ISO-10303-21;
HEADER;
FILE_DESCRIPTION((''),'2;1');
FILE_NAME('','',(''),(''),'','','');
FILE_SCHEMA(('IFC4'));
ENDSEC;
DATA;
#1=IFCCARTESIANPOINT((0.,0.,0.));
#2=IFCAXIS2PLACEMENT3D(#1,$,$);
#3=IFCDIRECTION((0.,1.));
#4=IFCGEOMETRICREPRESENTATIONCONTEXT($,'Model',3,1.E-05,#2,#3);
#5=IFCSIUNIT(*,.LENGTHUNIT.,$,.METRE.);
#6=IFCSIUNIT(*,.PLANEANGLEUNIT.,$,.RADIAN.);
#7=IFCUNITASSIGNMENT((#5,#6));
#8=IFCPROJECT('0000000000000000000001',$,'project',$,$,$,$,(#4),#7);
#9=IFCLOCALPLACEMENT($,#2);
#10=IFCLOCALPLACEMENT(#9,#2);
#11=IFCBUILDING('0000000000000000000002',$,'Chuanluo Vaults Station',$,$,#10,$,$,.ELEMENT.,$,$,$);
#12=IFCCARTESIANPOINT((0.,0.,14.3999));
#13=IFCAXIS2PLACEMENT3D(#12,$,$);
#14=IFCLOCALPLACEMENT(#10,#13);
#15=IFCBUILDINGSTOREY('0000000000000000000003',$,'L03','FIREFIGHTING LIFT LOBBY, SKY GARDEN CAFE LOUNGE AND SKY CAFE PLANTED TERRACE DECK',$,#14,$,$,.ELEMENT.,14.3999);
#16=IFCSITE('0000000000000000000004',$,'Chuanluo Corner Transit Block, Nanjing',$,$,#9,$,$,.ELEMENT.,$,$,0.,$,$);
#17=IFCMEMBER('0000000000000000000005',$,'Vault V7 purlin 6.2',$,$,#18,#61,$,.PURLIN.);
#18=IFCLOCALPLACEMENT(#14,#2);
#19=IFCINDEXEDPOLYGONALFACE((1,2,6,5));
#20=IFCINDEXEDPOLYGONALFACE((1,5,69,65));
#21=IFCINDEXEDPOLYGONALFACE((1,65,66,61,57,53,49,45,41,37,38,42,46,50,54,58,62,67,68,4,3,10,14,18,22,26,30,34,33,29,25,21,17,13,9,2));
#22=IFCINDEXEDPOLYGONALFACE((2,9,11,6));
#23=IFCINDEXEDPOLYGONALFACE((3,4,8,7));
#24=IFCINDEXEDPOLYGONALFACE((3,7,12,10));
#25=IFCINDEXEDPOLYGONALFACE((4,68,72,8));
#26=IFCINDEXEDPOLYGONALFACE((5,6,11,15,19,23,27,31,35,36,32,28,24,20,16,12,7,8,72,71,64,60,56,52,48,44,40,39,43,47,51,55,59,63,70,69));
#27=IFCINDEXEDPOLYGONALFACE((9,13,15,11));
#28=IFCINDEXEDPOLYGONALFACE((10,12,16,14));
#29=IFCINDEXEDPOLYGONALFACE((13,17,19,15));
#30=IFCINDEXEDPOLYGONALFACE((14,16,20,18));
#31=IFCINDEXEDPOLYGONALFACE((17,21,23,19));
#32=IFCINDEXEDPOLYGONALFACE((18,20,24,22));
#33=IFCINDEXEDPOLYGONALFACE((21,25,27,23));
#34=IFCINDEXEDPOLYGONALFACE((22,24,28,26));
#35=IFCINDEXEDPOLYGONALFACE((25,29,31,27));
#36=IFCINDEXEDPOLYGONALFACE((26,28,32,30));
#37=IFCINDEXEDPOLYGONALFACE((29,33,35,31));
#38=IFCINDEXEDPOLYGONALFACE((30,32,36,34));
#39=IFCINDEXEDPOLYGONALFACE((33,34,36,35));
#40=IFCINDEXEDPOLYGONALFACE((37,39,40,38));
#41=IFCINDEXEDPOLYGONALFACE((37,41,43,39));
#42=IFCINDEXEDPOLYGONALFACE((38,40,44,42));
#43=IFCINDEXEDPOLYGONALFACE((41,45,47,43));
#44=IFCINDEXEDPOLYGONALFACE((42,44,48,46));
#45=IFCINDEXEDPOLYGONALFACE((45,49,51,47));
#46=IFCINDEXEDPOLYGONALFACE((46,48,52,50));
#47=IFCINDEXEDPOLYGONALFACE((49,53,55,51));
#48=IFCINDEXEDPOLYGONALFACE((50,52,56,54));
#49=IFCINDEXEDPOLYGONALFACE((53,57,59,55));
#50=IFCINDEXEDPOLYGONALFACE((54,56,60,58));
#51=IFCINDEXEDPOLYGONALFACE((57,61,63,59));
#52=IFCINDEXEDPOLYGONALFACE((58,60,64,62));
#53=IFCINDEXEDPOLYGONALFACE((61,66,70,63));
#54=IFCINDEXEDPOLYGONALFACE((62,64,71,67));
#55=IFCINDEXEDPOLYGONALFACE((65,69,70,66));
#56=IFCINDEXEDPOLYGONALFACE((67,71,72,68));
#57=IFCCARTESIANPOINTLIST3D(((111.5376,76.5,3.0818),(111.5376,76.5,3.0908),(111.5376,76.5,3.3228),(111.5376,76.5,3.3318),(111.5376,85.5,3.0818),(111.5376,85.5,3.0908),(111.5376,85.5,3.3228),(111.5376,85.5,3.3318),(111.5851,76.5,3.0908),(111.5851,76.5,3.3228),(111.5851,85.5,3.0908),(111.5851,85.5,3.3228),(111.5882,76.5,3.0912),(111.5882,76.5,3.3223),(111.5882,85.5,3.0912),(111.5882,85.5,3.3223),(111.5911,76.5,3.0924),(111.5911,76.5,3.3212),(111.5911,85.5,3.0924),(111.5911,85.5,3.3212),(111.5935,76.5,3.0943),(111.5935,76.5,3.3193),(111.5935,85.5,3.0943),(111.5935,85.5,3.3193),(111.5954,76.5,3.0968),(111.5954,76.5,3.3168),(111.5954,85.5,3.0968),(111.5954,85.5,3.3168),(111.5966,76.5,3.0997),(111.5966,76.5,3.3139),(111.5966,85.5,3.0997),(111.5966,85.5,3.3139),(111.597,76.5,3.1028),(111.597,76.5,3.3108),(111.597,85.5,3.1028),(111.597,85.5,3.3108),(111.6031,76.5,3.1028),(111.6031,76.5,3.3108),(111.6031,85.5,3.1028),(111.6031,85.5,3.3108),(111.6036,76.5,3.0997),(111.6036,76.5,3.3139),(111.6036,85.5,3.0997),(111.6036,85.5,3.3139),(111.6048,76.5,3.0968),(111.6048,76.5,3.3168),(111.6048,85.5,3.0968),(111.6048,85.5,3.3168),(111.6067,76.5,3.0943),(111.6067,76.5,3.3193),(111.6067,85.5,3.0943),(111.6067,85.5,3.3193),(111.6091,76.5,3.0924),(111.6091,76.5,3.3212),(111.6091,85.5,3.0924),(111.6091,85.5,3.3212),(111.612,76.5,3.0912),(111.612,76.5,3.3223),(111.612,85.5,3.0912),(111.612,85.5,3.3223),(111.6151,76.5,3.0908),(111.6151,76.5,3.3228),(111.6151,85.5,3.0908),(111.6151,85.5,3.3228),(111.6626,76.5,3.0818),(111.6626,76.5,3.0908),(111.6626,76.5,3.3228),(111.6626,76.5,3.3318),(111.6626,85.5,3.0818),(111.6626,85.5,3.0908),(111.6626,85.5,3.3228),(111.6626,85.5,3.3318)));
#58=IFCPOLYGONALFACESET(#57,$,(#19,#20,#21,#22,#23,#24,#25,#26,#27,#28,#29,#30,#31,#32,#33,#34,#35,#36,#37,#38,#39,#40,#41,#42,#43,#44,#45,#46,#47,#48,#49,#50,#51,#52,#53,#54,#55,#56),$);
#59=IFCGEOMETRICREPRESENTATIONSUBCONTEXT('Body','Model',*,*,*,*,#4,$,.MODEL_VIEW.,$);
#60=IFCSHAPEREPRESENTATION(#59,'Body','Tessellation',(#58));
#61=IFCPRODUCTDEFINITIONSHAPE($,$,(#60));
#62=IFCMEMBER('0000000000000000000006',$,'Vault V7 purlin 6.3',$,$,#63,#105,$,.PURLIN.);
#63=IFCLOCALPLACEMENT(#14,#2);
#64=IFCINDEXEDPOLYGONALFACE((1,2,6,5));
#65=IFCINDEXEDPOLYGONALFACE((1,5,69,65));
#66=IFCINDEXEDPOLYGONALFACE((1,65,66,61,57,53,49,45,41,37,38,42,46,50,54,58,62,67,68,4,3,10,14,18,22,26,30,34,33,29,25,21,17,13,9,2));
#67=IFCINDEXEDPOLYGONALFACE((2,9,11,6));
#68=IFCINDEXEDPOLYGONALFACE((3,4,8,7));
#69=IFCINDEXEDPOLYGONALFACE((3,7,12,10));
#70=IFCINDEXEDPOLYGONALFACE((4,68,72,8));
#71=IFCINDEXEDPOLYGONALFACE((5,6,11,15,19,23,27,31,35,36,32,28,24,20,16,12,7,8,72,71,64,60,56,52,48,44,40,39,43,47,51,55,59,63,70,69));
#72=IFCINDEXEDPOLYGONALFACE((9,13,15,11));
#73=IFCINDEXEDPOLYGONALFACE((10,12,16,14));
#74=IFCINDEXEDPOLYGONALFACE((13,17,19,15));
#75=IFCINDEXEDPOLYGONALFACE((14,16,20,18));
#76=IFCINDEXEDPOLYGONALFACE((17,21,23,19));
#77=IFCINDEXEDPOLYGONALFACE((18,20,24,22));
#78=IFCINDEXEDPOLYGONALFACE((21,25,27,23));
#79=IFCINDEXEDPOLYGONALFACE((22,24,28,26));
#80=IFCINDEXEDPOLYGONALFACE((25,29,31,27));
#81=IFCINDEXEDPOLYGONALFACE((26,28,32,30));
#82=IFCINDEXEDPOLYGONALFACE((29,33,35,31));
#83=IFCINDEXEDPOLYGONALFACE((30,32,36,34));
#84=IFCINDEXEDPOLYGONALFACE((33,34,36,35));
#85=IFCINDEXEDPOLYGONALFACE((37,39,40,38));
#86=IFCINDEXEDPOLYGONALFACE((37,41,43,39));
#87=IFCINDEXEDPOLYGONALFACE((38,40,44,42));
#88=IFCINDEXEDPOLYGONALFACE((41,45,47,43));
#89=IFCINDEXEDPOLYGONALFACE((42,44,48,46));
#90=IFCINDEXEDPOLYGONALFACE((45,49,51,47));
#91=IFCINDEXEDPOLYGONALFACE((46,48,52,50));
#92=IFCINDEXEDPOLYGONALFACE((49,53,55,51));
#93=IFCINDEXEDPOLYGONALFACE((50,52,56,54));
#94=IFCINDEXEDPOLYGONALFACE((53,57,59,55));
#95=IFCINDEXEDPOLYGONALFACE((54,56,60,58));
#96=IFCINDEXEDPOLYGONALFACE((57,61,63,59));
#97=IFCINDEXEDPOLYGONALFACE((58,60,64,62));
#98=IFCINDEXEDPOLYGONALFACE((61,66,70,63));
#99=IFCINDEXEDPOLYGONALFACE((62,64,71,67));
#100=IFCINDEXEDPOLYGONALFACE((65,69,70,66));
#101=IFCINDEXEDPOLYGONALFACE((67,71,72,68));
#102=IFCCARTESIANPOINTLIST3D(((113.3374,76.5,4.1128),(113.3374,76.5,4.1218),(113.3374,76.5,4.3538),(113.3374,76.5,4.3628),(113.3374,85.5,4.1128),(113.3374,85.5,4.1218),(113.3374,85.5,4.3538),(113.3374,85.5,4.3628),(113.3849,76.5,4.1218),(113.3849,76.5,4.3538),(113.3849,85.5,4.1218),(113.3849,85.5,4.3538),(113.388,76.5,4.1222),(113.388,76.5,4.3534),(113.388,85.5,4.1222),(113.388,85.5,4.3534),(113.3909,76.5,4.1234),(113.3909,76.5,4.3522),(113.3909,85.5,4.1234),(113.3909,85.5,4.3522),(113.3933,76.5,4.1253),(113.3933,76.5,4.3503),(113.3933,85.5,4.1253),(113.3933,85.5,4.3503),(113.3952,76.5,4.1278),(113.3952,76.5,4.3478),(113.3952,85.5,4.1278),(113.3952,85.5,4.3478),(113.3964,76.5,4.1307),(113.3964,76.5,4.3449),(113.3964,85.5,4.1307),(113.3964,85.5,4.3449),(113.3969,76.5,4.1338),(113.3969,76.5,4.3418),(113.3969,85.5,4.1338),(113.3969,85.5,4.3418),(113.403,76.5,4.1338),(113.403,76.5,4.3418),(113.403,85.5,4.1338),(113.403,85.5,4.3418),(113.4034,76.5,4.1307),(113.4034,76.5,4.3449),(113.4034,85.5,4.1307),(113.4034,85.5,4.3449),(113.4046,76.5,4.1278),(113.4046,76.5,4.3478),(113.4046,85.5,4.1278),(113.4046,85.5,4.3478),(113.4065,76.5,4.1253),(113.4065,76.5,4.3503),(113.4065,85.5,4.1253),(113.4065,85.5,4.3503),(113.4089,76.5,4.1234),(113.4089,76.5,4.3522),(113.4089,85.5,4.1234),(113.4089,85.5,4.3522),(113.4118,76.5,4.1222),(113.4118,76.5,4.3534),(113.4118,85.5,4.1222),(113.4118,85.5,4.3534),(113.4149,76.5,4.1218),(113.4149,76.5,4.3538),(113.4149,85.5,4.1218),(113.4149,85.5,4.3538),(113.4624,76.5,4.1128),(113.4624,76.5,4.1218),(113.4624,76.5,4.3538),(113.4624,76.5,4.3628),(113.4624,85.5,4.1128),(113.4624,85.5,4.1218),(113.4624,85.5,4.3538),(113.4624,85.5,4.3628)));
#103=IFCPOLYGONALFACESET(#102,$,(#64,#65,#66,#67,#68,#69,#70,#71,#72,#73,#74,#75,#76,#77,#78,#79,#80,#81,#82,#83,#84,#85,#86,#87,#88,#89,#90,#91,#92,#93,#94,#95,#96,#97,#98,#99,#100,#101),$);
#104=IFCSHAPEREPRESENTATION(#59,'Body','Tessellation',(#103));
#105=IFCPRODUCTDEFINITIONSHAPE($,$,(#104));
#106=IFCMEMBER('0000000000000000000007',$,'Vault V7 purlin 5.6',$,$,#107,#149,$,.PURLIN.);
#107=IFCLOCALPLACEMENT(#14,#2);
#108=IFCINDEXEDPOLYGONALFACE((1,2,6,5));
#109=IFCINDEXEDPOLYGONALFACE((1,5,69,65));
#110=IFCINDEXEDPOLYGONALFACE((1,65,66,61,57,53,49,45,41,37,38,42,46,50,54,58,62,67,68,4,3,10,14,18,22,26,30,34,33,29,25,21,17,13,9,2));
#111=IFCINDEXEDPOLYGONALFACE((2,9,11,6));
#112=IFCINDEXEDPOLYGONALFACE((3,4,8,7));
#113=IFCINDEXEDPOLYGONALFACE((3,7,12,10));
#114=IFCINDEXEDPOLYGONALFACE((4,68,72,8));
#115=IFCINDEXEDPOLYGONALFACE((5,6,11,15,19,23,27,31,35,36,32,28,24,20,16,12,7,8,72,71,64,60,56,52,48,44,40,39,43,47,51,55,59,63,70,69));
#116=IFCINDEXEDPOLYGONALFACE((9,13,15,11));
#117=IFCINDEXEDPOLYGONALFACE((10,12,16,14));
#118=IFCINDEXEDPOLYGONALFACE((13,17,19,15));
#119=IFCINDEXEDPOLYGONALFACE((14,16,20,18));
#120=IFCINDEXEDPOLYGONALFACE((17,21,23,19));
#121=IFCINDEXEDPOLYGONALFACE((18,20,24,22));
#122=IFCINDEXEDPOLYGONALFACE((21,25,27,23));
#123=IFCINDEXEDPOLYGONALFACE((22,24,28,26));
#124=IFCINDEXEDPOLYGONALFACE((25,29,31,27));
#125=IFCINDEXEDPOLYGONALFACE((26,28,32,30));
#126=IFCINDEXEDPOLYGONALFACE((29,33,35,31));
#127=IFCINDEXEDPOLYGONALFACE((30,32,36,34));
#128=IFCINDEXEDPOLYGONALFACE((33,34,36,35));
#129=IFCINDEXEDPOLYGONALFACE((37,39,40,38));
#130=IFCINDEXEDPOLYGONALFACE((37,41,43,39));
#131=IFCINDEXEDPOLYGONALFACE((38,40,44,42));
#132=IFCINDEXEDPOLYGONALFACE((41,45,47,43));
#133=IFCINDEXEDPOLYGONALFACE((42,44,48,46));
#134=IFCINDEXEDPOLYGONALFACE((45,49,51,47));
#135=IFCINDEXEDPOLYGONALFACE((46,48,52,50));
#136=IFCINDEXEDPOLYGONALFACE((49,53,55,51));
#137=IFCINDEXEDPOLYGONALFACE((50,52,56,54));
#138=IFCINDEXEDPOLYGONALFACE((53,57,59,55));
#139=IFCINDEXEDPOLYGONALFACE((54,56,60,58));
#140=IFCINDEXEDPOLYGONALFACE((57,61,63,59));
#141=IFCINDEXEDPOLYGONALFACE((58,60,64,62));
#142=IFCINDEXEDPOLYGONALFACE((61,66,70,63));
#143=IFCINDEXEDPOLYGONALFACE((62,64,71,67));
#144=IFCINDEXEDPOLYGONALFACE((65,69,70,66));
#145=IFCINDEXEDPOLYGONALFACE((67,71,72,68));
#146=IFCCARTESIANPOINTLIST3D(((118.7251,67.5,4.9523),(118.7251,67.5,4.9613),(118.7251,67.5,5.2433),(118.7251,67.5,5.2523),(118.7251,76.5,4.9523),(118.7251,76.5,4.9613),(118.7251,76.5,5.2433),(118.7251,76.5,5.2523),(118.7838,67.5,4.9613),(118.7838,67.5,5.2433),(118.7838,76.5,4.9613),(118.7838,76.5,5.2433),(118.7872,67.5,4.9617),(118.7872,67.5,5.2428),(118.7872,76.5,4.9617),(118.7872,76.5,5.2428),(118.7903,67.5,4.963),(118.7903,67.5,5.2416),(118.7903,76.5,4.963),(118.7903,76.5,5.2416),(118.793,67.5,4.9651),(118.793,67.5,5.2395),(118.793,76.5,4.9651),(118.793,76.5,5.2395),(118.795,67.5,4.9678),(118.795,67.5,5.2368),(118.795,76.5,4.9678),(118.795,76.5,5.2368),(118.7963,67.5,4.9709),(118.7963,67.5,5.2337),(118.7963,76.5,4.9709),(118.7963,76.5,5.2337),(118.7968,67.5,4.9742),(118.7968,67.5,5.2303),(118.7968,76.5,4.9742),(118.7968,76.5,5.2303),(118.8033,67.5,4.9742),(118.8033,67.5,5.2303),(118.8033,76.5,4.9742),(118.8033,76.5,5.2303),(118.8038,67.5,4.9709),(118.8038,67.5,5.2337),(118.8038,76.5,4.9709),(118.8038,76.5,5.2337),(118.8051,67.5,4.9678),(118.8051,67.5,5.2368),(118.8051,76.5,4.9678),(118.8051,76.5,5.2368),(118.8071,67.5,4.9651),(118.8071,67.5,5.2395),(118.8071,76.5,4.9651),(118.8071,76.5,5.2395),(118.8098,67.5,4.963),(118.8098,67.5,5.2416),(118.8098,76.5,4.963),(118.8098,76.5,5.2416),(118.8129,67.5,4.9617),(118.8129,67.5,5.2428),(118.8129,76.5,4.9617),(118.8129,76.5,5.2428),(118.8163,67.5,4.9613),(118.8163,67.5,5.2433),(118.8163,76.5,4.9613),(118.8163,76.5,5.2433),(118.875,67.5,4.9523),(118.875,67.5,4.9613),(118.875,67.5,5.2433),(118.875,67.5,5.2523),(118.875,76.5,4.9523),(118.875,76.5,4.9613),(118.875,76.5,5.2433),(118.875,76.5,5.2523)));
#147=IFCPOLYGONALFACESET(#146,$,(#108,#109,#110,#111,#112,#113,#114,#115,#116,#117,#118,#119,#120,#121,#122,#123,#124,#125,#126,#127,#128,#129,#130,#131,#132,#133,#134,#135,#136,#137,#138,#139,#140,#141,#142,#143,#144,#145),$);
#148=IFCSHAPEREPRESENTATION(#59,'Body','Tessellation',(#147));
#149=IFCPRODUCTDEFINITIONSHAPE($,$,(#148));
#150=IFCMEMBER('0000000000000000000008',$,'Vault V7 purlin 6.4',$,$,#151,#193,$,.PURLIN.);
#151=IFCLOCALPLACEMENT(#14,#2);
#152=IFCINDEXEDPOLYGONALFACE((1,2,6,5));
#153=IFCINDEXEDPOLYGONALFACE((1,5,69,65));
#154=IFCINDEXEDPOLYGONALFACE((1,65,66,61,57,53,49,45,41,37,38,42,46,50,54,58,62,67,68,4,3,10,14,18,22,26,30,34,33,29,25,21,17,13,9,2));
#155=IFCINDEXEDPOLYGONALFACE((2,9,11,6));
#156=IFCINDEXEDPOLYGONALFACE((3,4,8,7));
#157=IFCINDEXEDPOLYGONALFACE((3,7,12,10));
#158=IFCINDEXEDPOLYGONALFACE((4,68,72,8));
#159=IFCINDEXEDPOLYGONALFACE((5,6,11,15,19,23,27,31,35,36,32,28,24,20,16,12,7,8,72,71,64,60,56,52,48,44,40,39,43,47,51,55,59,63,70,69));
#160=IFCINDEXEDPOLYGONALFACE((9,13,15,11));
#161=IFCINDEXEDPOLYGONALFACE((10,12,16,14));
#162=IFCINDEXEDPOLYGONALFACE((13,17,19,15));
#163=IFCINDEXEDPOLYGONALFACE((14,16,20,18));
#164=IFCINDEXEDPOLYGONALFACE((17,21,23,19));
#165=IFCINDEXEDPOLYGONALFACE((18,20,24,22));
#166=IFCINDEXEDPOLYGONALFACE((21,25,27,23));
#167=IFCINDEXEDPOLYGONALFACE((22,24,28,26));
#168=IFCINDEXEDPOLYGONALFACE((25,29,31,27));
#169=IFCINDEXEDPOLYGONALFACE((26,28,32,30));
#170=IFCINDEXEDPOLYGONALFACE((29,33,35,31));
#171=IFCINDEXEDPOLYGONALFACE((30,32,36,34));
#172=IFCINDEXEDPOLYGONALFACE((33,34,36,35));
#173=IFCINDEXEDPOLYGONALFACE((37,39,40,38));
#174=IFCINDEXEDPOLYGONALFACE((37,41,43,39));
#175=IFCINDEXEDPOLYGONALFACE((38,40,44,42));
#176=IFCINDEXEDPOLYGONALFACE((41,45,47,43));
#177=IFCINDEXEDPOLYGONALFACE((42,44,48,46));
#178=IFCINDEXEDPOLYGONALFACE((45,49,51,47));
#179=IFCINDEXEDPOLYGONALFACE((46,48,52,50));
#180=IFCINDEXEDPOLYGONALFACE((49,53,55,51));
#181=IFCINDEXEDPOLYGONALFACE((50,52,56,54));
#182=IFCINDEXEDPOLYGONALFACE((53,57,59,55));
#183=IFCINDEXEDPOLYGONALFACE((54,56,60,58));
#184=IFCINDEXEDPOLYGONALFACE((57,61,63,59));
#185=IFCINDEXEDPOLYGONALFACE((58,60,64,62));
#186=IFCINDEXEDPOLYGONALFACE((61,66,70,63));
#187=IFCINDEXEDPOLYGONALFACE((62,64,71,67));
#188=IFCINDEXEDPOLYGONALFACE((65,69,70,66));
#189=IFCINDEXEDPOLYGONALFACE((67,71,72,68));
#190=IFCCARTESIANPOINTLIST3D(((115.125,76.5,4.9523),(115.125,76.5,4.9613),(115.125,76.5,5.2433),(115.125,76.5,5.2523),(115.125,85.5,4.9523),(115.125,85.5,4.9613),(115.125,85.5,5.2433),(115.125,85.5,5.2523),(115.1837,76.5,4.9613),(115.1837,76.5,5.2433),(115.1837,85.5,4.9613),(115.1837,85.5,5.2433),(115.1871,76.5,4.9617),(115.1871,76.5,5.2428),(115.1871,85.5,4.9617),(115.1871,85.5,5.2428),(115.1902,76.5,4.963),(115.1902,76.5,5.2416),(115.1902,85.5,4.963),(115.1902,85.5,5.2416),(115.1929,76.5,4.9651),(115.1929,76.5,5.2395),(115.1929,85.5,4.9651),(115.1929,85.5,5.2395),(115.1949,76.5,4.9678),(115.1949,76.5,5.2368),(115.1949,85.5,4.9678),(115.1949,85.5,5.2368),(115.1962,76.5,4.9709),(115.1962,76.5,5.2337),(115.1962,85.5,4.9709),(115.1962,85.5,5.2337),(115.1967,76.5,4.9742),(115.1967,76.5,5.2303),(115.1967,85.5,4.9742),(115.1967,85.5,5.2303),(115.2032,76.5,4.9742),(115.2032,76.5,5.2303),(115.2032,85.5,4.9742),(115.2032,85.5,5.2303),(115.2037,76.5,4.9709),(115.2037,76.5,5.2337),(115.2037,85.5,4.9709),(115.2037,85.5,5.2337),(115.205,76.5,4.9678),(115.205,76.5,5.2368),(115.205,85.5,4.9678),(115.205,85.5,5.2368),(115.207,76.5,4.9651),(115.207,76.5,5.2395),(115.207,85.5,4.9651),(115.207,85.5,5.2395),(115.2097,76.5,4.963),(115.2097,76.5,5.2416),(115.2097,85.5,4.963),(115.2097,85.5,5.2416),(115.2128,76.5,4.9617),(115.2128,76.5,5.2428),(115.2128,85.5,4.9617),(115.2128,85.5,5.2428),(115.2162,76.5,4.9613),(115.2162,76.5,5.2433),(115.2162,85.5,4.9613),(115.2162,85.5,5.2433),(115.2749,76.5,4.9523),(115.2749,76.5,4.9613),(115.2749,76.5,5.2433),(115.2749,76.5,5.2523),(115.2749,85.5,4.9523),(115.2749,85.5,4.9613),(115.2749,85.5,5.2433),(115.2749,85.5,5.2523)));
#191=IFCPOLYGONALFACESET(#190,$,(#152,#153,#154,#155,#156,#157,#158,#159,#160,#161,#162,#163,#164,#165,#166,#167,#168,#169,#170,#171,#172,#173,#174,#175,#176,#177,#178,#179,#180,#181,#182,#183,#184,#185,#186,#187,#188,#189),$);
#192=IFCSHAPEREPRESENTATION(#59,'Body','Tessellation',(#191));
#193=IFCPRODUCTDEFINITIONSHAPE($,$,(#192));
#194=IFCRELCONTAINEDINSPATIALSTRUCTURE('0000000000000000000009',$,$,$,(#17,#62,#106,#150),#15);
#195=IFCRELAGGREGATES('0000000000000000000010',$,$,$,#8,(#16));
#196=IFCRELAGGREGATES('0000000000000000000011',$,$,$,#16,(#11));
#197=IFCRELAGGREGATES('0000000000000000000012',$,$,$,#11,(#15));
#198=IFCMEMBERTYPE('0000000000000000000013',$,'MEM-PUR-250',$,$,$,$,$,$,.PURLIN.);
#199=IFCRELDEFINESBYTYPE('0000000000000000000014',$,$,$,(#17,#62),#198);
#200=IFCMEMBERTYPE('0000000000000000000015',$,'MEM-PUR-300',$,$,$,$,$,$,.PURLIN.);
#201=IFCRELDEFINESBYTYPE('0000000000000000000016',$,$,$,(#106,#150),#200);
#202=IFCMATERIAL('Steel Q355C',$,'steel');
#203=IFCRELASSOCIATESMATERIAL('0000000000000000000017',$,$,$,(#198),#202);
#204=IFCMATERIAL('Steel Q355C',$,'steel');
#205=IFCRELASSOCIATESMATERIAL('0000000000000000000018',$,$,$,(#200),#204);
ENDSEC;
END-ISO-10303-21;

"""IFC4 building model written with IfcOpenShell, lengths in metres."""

from ifc_helpers import new_model, si_unit, direction, frame, origin, origin_2d, place, context, subcontext, project, spatial, i_section, extrude, material, material_profile, profile_set, type_object, element, save


model = new_model("IFC4")

# Units and contexts
model_context = context("Model", 3, precision=1e-05, world=origin(), true_north=direction((0.0, 1.0)))
body_context = subcontext(model_context, "Body", "Model", "MODEL_VIEW")
ifc_project = project(units=[si_unit("LENGTHUNIT", "METRE"), si_unit("PLANEANGLEUNIT", "RADIAN")], contexts=[model_context])

# Site, building, storey
site_placement = place(None, origin())
site = spatial("IfcSite", under=ifc_project, at=site_placement, Name="Chuanluo Corner Transit Block, Nanjing", CompositionType="ELEMENT", RefElevation=0.0)
building_placement = place(site_placement, origin())
building = spatial("IfcBuilding", under=site, at=building_placement, Name="Chuanluo Vaults Station", CompositionType="ELEMENT")
storey_placement = place(building_placement, frame((0.0, 0.0, 14.3999)))
storey = spatial("IfcBuildingStorey", under=building, at=storey_placement, Name="L03", Description="FIREFIGHTING LIFT LOBBY, SKY GARDEN CAFE LOUNGE AND SKY CAFE PLANTED TERRACE DECK", CompositionType="ELEMENT", Elevation=14.3999)

# Members
ifc_material_1 = material(Name="Steel Q355C", Category="steel")
ifc_material_profile_1 = material_profile(ifc_material_1, i_section(OverallWidth=0.125, OverallDepth=0.25, WebThickness=0.0061, FlangeThickness=0.009, FilletRadius=0.012, at=origin_2d()))
ifc_profile_set_1 = profile_set([ifc_material_profile_1], Name="Steel Q355C")
member_type_1 = type_object("IfcMemberType", Name="MEM-PUR-250", PredefinedType="PURLIN", material=ifc_profile_set_1)
for number, where, z_axis, x_axis, name in (
    (1, (111.6001, 76.5, 3.2068), (0.0, 1.0, 0.0), (-1.0, 0.0, 0.0), "Vault V7 purlin 6.2"),
    (2, (113.3999, 76.5, 4.2378), (0.0, 1.0, 0.0), (-1.0, 0.0, 0.0), "Vault V7 purlin 6.3"),
):
    element("IfcMember", number, at=place(storey_placement, frame(where, z_axis=z_axis, x_axis=x_axis)), inside=storey, type_object=member_type_1, Name=name, PredefinedType="PURLIN", context=body_context, shape_type="SweptSolid", body=[
        extrude(i_section(OverallWidth=0.125, OverallDepth=0.25, WebThickness=0.0061, FlangeThickness=0.009, FilletRadius=0.012, at=origin_2d()), origin(), (0.0, 0.0, 1.0), 9.0),
    ])
ifc_material_2 = material(Name="Steel Q355C", Category="steel")
ifc_material_profile_2 = material_profile(ifc_material_2, i_section(OverallWidth=0.1499, OverallDepth=0.3, WebThickness=0.0066, FlangeThickness=0.009, FilletRadius=0.0129, at=origin_2d()))
ifc_profile_set_2 = profile_set([ifc_material_profile_2], Name="Steel Q355C")
member_type_2 = type_object("IfcMemberType", Name="MEM-PUR-300", PredefinedType="PURLIN", material=ifc_profile_set_2)
for number, where, z_axis, x_axis, name in (
    (3, (118.8, 67.5, 5.1023), (0.0, 1.0, 0.0), (-1.0, 0.0, 0.0), "Vault V7 purlin 5.6"),
    (4, (115.2, 76.5, 5.1023), (0.0, 1.0, 0.0), (-1.0, 0.0, 0.0), "Vault V7 purlin 6.4"),
):
    element("IfcMember", number, at=place(storey_placement, frame(where, z_axis=z_axis, x_axis=x_axis)), inside=storey, type_object=member_type_2, Name=name, PredefinedType="PURLIN", context=body_context, shape_type="SweptSolid", body=[
        extrude(i_section(OverallWidth=0.1499, OverallDepth=0.3, WebThickness=0.0066, FlangeThickness=0.009, FilletRadius=0.0129, at=origin_2d()), origin(), (0.0, 0.0, 1.0), 9.0),
    ])

save(model, "model.ifc")
